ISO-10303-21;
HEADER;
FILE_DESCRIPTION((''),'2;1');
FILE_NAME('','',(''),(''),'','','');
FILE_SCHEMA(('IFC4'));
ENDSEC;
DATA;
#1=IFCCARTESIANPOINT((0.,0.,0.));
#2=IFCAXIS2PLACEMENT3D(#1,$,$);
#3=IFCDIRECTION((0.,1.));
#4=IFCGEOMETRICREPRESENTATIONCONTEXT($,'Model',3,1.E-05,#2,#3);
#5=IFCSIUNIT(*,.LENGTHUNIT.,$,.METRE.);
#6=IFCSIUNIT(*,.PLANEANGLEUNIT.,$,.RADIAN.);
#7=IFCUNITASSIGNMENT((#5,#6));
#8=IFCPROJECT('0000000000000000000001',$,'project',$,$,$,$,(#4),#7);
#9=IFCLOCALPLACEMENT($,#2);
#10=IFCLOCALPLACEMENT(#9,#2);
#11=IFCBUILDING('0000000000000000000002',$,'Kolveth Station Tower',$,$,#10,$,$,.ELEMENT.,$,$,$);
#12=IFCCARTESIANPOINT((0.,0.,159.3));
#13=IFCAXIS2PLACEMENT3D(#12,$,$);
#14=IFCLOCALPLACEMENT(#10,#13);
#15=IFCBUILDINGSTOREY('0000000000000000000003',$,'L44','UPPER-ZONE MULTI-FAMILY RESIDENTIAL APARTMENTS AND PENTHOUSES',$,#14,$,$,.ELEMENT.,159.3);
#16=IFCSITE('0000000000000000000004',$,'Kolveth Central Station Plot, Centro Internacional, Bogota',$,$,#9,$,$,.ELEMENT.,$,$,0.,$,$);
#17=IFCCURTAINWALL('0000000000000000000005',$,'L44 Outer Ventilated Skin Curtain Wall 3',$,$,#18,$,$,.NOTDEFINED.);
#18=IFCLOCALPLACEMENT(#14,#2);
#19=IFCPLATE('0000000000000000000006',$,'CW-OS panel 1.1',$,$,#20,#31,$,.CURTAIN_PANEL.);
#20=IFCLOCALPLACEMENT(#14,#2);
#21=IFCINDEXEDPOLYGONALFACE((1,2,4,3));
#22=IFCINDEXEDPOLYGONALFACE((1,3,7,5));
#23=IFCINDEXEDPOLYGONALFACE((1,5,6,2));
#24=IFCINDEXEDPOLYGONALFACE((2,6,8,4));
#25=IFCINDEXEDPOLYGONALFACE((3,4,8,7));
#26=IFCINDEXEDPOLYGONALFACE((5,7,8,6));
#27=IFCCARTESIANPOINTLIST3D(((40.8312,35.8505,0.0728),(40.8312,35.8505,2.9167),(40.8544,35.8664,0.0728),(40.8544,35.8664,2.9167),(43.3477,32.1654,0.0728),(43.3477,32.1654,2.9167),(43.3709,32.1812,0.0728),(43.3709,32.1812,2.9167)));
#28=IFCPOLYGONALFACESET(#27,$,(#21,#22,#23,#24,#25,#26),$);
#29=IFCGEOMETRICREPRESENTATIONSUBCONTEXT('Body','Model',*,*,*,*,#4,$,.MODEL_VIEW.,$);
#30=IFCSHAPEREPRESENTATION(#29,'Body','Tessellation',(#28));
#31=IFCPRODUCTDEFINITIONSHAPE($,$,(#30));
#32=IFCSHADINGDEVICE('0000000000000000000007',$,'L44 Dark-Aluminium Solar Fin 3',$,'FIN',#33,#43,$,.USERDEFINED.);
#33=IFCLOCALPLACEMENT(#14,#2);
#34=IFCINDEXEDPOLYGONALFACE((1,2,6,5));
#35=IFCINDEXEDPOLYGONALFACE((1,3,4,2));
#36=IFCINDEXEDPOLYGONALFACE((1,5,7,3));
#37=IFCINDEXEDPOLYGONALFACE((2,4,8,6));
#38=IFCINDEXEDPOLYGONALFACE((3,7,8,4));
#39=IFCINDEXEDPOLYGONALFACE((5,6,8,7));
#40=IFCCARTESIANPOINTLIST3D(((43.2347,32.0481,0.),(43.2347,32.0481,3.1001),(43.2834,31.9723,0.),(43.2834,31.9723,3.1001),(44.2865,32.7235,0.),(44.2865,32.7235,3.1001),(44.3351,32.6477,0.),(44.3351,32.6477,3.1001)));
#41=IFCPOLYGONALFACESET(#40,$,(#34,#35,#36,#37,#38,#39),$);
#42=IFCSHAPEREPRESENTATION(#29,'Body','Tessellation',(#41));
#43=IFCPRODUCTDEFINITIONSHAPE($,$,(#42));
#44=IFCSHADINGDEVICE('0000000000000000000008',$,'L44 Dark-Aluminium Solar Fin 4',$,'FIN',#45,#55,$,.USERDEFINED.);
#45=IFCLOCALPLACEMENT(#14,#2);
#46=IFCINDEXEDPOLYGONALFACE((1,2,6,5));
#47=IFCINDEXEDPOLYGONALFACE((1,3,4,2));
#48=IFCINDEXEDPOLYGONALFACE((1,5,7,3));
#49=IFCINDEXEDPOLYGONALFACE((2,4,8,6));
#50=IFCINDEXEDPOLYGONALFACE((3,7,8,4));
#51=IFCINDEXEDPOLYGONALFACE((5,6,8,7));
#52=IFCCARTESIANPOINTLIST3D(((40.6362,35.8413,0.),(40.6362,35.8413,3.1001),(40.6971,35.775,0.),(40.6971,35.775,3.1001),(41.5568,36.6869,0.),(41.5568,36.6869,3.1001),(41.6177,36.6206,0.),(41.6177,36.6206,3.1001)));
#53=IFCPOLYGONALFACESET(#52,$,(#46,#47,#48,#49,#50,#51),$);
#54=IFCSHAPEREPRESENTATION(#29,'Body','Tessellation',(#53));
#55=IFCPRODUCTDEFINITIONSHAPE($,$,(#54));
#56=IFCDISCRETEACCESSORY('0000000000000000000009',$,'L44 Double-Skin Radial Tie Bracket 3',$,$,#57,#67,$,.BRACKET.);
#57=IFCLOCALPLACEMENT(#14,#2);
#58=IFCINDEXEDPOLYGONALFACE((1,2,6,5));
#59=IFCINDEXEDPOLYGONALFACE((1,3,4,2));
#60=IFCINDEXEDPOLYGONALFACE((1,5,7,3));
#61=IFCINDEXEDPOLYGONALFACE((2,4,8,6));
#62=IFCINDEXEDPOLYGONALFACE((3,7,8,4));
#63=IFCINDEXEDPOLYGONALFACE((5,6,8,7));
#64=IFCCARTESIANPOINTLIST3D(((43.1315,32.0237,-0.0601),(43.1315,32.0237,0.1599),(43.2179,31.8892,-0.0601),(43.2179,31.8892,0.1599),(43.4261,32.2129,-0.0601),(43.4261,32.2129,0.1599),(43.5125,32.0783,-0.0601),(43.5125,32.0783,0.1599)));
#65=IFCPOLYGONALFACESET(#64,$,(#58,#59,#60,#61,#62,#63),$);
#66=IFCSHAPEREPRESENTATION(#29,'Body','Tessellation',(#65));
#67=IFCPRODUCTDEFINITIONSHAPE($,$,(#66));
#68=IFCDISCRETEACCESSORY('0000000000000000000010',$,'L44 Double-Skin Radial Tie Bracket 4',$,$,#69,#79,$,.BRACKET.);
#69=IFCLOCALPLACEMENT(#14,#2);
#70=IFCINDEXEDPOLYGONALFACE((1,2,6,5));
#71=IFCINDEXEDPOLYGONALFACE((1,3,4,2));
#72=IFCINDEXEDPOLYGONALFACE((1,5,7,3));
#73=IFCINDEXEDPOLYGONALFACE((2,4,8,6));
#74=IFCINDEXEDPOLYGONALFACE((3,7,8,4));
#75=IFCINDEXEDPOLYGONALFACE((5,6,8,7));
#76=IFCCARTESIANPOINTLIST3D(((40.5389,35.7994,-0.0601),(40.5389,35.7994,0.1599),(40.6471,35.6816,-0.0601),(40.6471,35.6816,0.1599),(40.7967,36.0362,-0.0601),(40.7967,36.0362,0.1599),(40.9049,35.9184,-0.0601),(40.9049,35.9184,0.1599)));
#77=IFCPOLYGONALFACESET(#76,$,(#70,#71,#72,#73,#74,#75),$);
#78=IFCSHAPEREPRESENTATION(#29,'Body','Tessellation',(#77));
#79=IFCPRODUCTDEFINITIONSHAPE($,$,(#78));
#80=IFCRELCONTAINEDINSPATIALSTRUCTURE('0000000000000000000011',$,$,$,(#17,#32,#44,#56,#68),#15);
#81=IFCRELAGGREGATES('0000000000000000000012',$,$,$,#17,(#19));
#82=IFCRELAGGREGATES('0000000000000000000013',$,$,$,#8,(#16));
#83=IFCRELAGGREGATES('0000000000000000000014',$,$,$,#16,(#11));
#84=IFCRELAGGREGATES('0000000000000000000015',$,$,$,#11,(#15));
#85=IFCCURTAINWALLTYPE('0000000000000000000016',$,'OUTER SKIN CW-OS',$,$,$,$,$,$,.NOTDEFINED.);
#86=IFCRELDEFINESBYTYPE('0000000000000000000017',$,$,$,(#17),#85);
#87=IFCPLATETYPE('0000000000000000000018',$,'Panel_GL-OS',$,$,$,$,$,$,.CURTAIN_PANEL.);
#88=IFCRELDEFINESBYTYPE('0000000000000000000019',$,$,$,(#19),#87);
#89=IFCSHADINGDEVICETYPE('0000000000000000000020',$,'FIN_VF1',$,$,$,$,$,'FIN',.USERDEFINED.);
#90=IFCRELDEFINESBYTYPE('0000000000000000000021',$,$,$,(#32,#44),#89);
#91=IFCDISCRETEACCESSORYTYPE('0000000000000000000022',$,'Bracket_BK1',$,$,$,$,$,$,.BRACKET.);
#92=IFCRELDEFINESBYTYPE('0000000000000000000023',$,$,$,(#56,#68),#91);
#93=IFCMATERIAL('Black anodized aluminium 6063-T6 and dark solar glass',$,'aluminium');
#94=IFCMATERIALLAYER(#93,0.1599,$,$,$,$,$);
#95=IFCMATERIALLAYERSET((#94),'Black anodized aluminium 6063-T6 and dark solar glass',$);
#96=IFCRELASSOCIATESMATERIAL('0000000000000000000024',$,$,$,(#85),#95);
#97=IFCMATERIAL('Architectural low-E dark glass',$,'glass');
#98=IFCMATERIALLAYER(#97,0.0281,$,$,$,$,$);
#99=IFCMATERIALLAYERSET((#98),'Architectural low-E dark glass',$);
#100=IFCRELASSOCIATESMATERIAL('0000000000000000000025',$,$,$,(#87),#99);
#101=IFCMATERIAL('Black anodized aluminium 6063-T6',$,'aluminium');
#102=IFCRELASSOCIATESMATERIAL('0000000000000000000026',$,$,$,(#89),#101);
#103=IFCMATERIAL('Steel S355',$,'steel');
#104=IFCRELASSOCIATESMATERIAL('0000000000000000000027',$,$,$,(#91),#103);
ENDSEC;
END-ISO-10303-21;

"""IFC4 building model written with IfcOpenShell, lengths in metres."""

from ifc_helpers import new_model, si_unit, direction, frame, origin, origin_2d, place, context, subcontext, project, spatial, rectangle, extrude, source, transform, mapped, material, layer, layer_set, type_object, element, aggregate, save


model = new_model("IFC4")

# Units and contexts
model_context = context("Model", 3, precision=1e-05, world=origin(), true_north=direction((0.0, 1.0)))
body_context = subcontext(model_context, "Body", "Model", "MODEL_VIEW")
ifc_project = project(units=[si_unit("LENGTHUNIT", "METRE"), si_unit("PLANEANGLEUNIT", "RADIAN")], contexts=[model_context])

# Site, building, storey
site_placement = place(None, origin())
site = spatial("IfcSite", under=ifc_project, at=site_placement, Name="Kolveth Central Station Plot, Centro Internacional, Bogota", CompositionType="ELEMENT", RefElevation=0.0)
building_placement = place(site_placement, origin())
building = spatial("IfcBuilding", under=site, at=building_placement, Name="Kolveth Station Tower", CompositionType="ELEMENT")
storey_placement = place(building_placement, frame((0.0, 0.0, 159.3)))
storey = spatial("IfcBuildingStorey", under=building, at=storey_placement, Name="L44", Description="UPPER-ZONE MULTI-FAMILY RESIDENTIAL APARTMENTS AND PENTHOUSES", CompositionType="ELEMENT", Elevation=159.3)

# Shared definitions
ifc_material_1 = material(Name="Black anodized aluminium 6063-T6", Category="aluminium")

# Shared definitions
ifc_material_2 = material(Name="Black anodized aluminium 6063-T6 and dark solar glass", Category="aluminium")
ifc_layer_1 = layer(ifc_material_2, 0.1599)
ifc_layer_set_1 = layer_set([ifc_layer_1], Name="Black anodized aluminium 6063-T6 and dark solar glass")
curtain_wall_type_1 = type_object("IfcCurtainWallType", Name="OUTER SKIN CW-OS", PredefinedType="NOTDEFINED", material=ifc_layer_set_1)

# Curtain wall
curtain_wall_1_placement = place(storey_placement, origin())
curtain_wall_1 = element("IfcCurtainWall", 1, at=curtain_wall_1_placement, inside=storey, type_object=curtain_wall_type_1, Name="L44 Outer Ventilated Skin Curtain Wall 3", PredefinedType="NOTDEFINED")

# Plate
ifc_material_3 = material(Name="Architectural low-E dark glass", Category="glass")
ifc_layer_2 = layer(ifc_material_3, 0.0281)
ifc_layer_set_2 = layer_set([ifc_layer_2], Name="Architectural low-E dark glass")
plate_type_1 = type_object("IfcPlateType", Name="Panel_GL-OS", PredefinedType="CURTAIN_PANEL", material=ifc_layer_set_2)
shared_shape_1 = source(origin(), body_context, "Body", "SweptSolid", [
    extrude(rectangle(XDim=4.4624, YDim=0.0281, at=origin_2d()), origin(), (0.0, 0.0, 1.0), 2.844),
])
plate_1_placement = place(storey_placement, frame((42.1011, 34.0159, 0.0728), z_axis=(0.0, 0.0, 1.0), x_axis=(-0.563935, 0.825819, 0.0)))
plate_1 = element("IfcPlate", 2, at=plate_1_placement, type_object=plate_type_1, Name="CW-OS panel 1.1", PredefinedType="CURTAIN_PANEL", context=body_context, shape_type="MappedRepresentation", body=[
    mapped(shared_shape_1, transform((0.0, 0.0, 0.0), x_axis=(1.0, 0.0, 0.0), y_axis=(0.0, 1.0, 0.0), z_axis=(0.0, 0.0, 1.0), scale=1.0)),
])
aggregate(curtain_wall_1, [plate_1])

# Shading devices
shading_device_type = type_object("IfcShadingDeviceType", Name="FIN_VF1", ElementType="FIN", PredefinedType="USERDEFINED", material=ifc_material_1)
shared_shape_2 = source(origin(), body_context, "Body", "SweptSolid", [
    extrude(rectangle(XDim=1.25, YDim=0.0901, at=origin_2d()), origin(), (0.0, 0.0, 1.0), 3.1001),
])
for number, where, z_axis, x_axis, name in (
    (3, (43.7849, 32.3479, 0.0), (0.0, 0.0, 1.0), (0.841416, 0.540387, 0.0), "L44 Dark-Aluminium Solar Fin 3"),
    (4, (41.127, 36.231, 0.0), (0.0, 0.0, 1.0), (0.736451, 0.67649, 0.0), "L44 Dark-Aluminium Solar Fin 4"),
):
    element("IfcShadingDevice", number, at=place(storey_placement, frame(where, z_axis=z_axis, x_axis=x_axis)), inside=storey, type_object=shading_device_type, Name=name, ObjectType="FIN", PredefinedType="USERDEFINED", context=body_context, shape_type="MappedRepresentation", body=[
        mapped(shared_shape_2, transform((0.0, 0.0, 0.0), x_axis=(1.0, 0.0, 0.0), y_axis=(0.0, 1.0, 0.0), z_axis=(0.0, 0.0, 1.0), scale=1.0)),
    ])

# Discrete accessories
ifc_material_4 = material(Name="Steel S355", Category="steel")
discrete_accessory_type = type_object("IfcDiscreteAccessoryType", Name="Bracket_BK1", PredefinedType="BRACKET", material=ifc_material_4)
shared_shape_3 = source(origin(), body_context, "Body", "SweptSolid", [
    extrude(rectangle(XDim=0.3501, YDim=0.1599, at=origin_2d()), origin(), (0.0, 0.0, 1.0), 0.22),
])
for number, where, z_axis, x_axis, name in (
    (5, (43.322, 32.051, -0.0601), (0.0, 0.0, 1.0), (0.841416, 0.540387, 0.0), "L44 Double-Skin Radial Tie Bracket 3"),
    (6, (40.7219, 35.8589, -0.0601), (0.0, 0.0, 1.0), (0.736451, 0.67649, 0.0), "L44 Double-Skin Radial Tie Bracket 4"),
):
    element("IfcDiscreteAccessory", number, at=place(storey_placement, frame(where, z_axis=z_axis, x_axis=x_axis)), inside=storey, type_object=discrete_accessory_type, Name=name, PredefinedType="BRACKET", context=body_context, shape_type="MappedRepresentation", body=[
        mapped(shared_shape_3, transform((0.0, 0.0, 0.0), x_axis=(1.0, 0.0, 0.0), y_axis=(0.0, 1.0, 0.0), z_axis=(0.0, 0.0, 1.0), scale=1.0)),
    ])

save(model, "model.ifc")
